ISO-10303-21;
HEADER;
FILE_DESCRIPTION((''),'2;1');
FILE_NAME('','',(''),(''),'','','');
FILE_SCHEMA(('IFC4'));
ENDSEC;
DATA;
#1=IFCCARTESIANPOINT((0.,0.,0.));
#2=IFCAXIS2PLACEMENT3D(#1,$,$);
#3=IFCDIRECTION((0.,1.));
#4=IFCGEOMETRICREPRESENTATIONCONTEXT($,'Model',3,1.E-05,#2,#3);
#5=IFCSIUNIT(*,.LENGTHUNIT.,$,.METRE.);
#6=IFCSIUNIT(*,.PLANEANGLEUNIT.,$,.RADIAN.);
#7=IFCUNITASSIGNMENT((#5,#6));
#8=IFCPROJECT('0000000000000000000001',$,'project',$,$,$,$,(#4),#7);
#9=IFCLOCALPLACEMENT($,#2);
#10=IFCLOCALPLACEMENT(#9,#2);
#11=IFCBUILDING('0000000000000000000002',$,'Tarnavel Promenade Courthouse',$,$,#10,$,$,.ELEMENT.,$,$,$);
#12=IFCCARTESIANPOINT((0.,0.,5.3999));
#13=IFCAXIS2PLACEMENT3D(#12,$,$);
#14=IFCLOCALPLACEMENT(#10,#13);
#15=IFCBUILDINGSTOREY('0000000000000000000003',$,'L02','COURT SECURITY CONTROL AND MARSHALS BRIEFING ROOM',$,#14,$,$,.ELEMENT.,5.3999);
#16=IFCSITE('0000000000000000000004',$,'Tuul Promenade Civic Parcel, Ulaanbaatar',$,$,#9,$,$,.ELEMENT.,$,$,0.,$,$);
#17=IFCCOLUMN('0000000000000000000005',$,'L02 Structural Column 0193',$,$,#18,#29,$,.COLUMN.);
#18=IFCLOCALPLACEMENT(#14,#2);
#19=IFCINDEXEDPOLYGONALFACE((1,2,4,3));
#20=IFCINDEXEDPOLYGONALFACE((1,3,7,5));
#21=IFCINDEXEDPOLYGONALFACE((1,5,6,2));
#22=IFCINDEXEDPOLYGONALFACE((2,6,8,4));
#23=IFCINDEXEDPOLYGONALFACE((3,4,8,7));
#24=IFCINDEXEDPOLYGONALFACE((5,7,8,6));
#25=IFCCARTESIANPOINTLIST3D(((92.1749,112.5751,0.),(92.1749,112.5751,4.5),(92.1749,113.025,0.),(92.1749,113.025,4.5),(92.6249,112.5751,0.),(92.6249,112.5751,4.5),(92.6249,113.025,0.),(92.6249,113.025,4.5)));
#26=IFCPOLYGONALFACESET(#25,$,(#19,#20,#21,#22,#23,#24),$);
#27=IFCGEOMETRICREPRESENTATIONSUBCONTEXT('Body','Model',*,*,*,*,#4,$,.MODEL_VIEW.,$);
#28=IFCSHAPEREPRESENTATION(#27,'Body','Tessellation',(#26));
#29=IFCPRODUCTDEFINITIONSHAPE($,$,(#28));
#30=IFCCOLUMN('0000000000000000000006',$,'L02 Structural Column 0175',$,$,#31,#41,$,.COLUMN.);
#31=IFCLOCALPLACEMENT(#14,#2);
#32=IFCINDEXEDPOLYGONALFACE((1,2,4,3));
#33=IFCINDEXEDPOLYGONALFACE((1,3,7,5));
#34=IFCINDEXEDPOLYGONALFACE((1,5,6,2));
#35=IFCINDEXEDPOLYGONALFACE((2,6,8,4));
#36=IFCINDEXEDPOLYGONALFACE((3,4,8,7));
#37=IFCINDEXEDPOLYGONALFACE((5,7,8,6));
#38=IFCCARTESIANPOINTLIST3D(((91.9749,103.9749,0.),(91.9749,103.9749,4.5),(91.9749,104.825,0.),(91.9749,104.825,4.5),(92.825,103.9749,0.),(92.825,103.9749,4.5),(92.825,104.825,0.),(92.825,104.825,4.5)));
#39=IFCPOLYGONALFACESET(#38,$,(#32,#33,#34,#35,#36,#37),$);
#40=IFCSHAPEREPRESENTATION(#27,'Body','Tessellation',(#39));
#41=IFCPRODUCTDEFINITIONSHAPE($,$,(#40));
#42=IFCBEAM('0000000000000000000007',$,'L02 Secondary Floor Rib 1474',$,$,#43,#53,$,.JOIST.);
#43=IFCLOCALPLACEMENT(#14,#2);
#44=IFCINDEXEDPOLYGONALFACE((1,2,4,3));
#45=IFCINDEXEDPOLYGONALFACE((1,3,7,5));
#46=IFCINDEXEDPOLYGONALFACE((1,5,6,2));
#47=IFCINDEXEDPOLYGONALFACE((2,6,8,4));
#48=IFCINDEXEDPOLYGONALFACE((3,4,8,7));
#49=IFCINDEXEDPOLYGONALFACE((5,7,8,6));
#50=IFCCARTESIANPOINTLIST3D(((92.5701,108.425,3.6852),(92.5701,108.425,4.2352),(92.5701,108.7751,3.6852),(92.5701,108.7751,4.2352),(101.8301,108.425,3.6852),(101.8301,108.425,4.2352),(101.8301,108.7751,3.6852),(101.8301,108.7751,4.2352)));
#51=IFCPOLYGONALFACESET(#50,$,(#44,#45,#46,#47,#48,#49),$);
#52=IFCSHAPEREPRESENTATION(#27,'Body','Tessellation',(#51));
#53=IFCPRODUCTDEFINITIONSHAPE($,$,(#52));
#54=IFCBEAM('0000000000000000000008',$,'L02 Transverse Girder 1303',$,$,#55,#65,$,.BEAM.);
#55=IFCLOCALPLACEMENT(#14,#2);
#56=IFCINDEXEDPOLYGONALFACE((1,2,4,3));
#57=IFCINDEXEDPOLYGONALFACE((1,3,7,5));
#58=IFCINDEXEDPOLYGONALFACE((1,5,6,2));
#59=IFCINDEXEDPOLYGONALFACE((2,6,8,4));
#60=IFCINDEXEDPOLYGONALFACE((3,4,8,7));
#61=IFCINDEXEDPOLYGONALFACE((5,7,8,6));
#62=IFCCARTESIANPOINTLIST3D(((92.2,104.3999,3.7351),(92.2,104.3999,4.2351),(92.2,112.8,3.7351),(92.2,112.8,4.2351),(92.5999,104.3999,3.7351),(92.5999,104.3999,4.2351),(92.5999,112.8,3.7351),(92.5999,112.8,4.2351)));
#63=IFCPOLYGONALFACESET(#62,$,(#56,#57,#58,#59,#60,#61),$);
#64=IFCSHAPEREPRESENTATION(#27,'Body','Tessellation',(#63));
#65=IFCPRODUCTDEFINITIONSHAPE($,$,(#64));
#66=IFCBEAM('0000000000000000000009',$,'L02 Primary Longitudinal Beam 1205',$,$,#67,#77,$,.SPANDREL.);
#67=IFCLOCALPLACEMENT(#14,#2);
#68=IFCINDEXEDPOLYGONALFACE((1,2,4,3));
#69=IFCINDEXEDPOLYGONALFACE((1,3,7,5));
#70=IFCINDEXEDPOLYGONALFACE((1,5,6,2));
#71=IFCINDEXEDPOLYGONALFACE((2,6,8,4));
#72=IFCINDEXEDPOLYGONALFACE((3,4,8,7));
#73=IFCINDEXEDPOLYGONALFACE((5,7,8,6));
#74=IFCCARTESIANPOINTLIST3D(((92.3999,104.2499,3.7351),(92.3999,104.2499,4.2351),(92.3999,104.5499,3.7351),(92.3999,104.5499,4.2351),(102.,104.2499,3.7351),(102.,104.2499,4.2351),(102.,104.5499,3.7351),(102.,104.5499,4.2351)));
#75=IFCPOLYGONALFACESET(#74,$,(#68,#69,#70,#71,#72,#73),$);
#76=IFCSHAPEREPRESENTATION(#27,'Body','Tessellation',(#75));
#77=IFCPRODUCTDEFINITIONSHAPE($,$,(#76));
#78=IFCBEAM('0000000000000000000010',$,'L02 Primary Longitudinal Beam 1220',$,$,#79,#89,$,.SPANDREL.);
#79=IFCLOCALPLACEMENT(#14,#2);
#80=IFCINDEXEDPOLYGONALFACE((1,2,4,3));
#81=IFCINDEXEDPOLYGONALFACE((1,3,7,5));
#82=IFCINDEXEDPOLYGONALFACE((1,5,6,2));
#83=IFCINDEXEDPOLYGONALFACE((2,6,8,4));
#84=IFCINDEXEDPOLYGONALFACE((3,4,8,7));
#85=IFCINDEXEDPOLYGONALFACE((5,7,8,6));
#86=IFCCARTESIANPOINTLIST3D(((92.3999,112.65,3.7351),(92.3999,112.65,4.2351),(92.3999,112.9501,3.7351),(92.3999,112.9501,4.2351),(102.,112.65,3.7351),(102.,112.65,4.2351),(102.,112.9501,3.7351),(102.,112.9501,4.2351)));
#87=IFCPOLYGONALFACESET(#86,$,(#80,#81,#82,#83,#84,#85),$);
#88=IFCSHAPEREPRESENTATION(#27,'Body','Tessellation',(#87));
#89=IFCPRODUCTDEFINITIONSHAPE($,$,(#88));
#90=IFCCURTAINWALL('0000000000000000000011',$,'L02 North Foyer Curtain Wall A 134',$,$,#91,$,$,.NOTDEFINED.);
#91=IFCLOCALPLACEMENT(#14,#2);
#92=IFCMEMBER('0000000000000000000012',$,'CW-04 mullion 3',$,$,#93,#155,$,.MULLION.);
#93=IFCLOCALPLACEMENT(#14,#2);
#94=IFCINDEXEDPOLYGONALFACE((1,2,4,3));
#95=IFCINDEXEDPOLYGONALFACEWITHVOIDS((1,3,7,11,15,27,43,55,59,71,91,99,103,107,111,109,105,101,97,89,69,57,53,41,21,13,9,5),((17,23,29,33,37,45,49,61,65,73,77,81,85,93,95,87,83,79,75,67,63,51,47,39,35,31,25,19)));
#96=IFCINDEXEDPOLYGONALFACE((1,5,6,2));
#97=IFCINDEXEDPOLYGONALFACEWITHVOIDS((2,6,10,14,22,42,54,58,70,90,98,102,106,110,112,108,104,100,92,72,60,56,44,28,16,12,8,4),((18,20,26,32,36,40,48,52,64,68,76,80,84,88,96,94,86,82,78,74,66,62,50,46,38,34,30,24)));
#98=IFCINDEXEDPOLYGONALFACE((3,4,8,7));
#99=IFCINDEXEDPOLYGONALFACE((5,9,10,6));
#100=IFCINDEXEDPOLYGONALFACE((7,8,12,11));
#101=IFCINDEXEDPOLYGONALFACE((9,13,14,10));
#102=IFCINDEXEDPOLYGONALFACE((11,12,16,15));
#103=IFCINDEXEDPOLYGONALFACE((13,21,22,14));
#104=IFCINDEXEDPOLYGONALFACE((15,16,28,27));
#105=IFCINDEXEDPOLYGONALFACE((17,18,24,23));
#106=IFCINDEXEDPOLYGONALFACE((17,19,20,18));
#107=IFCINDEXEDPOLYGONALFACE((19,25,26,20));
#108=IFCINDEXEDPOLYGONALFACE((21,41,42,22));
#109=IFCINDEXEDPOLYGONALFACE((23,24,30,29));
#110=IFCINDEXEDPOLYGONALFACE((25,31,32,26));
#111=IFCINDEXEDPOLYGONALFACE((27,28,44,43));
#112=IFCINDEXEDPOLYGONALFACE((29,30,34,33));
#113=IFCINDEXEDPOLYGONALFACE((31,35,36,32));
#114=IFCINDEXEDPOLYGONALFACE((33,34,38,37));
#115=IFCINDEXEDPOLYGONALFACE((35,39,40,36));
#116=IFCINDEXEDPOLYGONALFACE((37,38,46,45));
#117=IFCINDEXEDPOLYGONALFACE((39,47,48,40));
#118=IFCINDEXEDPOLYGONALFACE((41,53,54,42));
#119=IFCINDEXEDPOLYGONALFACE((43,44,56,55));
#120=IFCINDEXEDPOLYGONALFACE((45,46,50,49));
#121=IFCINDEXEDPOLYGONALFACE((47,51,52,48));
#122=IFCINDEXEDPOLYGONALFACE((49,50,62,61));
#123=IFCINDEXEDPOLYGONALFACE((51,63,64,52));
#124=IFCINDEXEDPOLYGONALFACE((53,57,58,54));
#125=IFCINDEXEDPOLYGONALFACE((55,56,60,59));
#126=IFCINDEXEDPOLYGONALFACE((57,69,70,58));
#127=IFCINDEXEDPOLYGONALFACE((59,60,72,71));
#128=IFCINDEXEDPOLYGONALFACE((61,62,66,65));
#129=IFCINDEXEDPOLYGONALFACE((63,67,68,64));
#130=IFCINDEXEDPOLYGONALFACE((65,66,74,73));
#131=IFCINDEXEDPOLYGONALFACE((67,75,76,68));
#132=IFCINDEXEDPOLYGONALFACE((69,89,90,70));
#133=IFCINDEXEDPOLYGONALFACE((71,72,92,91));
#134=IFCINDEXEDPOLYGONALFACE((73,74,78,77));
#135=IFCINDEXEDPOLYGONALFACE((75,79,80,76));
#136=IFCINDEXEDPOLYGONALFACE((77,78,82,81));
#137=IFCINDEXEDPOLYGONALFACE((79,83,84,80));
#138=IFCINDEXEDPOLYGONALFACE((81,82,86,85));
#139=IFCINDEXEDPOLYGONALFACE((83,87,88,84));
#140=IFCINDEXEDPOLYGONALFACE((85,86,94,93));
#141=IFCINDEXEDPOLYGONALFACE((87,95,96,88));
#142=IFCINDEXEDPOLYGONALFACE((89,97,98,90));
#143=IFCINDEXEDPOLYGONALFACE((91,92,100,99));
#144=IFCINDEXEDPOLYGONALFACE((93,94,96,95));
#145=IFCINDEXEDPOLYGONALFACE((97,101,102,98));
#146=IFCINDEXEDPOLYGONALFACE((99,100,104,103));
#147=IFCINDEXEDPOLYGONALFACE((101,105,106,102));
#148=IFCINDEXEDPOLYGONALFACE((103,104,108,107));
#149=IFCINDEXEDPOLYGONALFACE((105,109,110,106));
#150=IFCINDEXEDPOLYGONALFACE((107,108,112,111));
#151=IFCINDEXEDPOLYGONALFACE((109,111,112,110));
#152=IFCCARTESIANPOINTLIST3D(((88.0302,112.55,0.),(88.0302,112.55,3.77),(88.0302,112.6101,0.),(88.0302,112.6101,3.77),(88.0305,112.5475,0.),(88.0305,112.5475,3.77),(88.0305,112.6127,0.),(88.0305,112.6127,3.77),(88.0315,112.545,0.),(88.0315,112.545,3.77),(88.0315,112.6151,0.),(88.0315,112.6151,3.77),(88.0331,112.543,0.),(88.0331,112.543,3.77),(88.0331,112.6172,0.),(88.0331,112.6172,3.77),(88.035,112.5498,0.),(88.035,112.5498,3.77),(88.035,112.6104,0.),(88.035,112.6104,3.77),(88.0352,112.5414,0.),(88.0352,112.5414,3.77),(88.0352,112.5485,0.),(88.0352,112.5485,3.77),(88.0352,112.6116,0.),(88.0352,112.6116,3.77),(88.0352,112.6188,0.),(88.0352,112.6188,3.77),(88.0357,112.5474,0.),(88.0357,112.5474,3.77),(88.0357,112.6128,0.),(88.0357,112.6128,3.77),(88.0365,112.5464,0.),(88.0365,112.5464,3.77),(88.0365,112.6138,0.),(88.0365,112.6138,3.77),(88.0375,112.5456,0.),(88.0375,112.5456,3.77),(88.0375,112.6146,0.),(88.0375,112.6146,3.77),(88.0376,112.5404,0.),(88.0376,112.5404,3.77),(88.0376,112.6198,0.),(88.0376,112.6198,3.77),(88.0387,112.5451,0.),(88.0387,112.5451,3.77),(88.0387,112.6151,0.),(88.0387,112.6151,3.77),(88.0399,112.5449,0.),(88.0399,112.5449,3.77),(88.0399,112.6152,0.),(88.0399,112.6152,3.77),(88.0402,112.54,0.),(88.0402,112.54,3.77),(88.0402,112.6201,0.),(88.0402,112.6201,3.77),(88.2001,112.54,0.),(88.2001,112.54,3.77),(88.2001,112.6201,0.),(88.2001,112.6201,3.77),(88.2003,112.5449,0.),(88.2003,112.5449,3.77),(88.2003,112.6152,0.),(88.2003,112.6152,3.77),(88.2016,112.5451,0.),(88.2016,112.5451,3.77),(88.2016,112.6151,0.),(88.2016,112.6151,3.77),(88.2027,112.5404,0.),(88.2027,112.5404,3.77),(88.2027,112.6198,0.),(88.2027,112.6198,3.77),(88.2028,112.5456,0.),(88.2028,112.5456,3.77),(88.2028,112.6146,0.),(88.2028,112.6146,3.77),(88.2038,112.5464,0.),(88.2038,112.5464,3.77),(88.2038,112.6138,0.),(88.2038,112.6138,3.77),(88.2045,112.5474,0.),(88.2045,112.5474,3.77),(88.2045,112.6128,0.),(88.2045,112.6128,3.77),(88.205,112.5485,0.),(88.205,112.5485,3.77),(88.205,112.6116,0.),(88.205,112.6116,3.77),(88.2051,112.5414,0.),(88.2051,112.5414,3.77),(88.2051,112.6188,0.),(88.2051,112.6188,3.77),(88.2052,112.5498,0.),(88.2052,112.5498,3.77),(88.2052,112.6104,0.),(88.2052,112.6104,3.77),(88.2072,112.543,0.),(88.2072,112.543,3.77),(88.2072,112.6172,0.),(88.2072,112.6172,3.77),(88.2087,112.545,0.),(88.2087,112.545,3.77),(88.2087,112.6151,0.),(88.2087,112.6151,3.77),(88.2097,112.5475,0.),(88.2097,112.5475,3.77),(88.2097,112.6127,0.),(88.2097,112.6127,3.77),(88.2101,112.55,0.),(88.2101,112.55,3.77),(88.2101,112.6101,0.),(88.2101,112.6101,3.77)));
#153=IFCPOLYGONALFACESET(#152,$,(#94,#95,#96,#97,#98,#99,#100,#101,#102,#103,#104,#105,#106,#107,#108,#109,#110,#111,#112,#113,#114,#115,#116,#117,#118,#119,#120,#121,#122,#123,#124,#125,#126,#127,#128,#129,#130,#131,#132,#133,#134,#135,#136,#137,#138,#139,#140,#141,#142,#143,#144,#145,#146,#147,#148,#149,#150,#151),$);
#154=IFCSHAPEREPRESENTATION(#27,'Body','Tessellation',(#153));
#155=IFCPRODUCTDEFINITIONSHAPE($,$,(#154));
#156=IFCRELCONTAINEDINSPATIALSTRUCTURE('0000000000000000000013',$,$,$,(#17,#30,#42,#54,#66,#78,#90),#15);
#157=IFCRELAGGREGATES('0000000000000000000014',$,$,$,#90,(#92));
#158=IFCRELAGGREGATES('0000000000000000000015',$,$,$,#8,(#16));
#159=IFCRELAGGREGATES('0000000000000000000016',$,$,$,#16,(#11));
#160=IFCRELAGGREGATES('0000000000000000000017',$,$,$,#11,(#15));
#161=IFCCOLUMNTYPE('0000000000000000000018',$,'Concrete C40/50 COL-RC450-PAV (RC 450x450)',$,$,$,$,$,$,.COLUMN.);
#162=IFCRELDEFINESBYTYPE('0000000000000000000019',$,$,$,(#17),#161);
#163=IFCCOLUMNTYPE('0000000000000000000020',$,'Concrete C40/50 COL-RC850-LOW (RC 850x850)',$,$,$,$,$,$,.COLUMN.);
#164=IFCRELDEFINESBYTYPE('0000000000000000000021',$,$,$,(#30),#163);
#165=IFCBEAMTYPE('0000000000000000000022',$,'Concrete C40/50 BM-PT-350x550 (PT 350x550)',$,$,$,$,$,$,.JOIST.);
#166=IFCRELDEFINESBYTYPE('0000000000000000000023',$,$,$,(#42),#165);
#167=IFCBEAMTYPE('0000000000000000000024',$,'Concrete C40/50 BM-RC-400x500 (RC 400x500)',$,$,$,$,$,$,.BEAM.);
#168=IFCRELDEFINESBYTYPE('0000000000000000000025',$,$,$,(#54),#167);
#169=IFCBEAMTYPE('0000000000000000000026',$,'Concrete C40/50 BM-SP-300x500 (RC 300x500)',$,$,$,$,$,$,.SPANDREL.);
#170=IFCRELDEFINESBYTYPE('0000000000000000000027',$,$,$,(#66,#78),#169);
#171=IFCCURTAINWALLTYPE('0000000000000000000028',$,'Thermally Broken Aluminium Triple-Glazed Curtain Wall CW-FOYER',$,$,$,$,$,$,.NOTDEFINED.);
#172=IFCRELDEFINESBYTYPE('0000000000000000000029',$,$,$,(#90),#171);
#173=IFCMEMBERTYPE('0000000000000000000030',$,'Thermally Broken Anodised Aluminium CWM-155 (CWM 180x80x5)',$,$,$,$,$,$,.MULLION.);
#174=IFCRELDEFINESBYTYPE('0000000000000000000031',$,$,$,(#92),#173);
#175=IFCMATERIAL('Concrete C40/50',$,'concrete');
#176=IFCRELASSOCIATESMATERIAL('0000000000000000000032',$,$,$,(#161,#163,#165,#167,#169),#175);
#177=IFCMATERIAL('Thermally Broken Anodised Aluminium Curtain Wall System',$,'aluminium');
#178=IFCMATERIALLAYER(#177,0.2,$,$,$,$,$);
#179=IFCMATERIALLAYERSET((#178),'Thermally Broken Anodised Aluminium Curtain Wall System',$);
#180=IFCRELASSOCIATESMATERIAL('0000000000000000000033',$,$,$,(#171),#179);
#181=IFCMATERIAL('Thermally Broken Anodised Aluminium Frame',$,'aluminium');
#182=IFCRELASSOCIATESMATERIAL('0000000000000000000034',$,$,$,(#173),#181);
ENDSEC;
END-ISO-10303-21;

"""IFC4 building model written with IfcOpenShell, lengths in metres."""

from ifc_helpers import new_model, si_unit, direction, frame, origin, origin_2d, place, context, subcontext, project, spatial, rectangle, hollow_rectangle, extrude, material, layer, layer_set, material_profile, profile_set, type_object, element, aggregate, save


model = new_model("IFC4")

# Units and contexts
model_context = context("Model", 3, precision=1e-05, world=origin(), true_north=direction((0.0, 1.0)))
body_context = subcontext(model_context, "Body", "Model", "MODEL_VIEW")
ifc_project = project(units=[si_unit("LENGTHUNIT", "METRE"), si_unit("PLANEANGLEUNIT", "RADIAN")], contexts=[model_context])

# Site, building, storey
site_placement = place(None, origin())
site = spatial("IfcSite", under=ifc_project, at=site_placement, Name="Tuul Promenade Civic Parcel, Ulaanbaatar", CompositionType="ELEMENT", RefElevation=0.0)
building_placement = place(site_placement, origin())
building = spatial("IfcBuilding", under=site, at=building_placement, Name="Tarnavel Promenade Courthouse", CompositionType="ELEMENT")
storey_placement = place(building_placement, frame((0.0, 0.0, 5.3999)))
storey = spatial("IfcBuildingStorey", under=building, at=storey_placement, Name="L02", Description="COURT SECURITY CONTROL AND MARSHALS BRIEFING ROOM", CompositionType="ELEMENT", Elevation=5.3999)

# Columns
ifc_material_1 = material(Name="Concrete C40/50", Category="concrete")
ifc_material_profile_1 = material_profile(ifc_material_1, rectangle(XDim=0.45, YDim=0.45, at=origin_2d()), Name="RC 450x450")
ifc_profile_set_1 = profile_set([ifc_material_profile_1], Name="Concrete C40/50")
column_type_1 = type_object("IfcColumnType", Name="Concrete C40/50 COL-RC450-PAV (RC 450x450)", PredefinedType="COLUMN", material=ifc_profile_set_1)
column_1_placement = place(storey_placement, frame((92.3999, 112.8, 0.0), z_axis=(0.0, 0.0, 1.0), x_axis=(1.0, 0.0, 0.0)))
element("IfcColumn", 1, at=column_1_placement, inside=storey, type_object=column_type_1, Name="L02 Structural Column 0193", PredefinedType="COLUMN", context=body_context, shape_type="SweptSolid", body=[
    extrude(rectangle(XDim=0.45, YDim=0.45, at=origin_2d()), origin(), (0.0, 0.0, 1.0), 4.5),
])
ifc_material_profile_2 = material_profile(ifc_material_1, rectangle(XDim=0.8501, YDim=0.8501, at=origin_2d()), Name="RC 850x850")
ifc_profile_set_2 = profile_set([ifc_material_profile_2], Name="Concrete C40/50")
column_type_2 = type_object("IfcColumnType", Name="Concrete C40/50 COL-RC850-LOW (RC 850x850)", PredefinedType="COLUMN", material=ifc_profile_set_2)
column_2_placement = place(storey_placement, frame((92.3999, 104.3999, 0.0), z_axis=(0.0, 0.0, 1.0), x_axis=(1.0, 0.0, 0.0)))
element("IfcColumn", 2, at=column_2_placement, inside=storey, type_object=column_type_2, Name="L02 Structural Column 0175", PredefinedType="COLUMN", context=body_context, shape_type="SweptSolid", body=[
    extrude(rectangle(XDim=0.8501, YDim=0.8501, at=origin_2d()), origin(), (0.0, 0.0, 1.0), 4.5),
])

# Beams
ifc_material_profile_3 = material_profile(ifc_material_1, rectangle(XDim=0.3501, YDim=0.55, at=origin_2d()), Name="PT 350x550")
ifc_profile_set_3 = profile_set([ifc_material_profile_3], Name="Concrete C40/50")
beam_type_1 = type_object("IfcBeamType", Name="Concrete C40/50 BM-PT-350x550 (PT 350x550)", PredefinedType="JOIST", material=ifc_profile_set_3)
beam_1_placement = place(storey_placement, frame((92.5701, 108.6001, 3.9602), z_axis=(1.0, 0.0, 0.0), x_axis=(0.0, 1.0, 0.0)))
element("IfcBeam", 3, at=beam_1_placement, inside=storey, type_object=beam_type_1, Name="L02 Secondary Floor Rib 1474", PredefinedType="JOIST", context=body_context, shape_type="SweptSolid", body=[
    extrude(rectangle(XDim=0.3501, YDim=0.55, at=origin_2d()), origin(), (0.0, 0.0, 1.0), 9.26),
])
ifc_material_profile_4 = material_profile(ifc_material_1, rectangle(XDim=0.3999, YDim=0.5, at=origin_2d()), Name="RC 400x500")
ifc_profile_set_4 = profile_set([ifc_material_profile_4], Name="Concrete C40/50")
beam_type_2 = type_object("IfcBeamType", Name="Concrete C40/50 BM-RC-400x500 (RC 400x500)", PredefinedType="BEAM", material=ifc_profile_set_4)
beam_2_placement = place(storey_placement, frame((92.3999, 104.3999, 3.9851), z_axis=(0.0, 1.0, 0.0), x_axis=(-1.0, 0.0, 0.0)))
element("IfcBeam", 4, at=beam_2_placement, inside=storey, type_object=beam_type_2, Name="L02 Transverse Girder 1303", PredefinedType="BEAM", context=body_context, shape_type="SweptSolid", body=[
    extrude(rectangle(XDim=0.3999, YDim=0.5, at=origin_2d()), origin(), (0.0, 0.0, 1.0), 8.4001),
])
ifc_material_profile_5 = material_profile(ifc_material_1, rectangle(XDim=0.3, YDim=0.5, at=origin_2d()), Name="RC 300x500")
ifc_profile_set_5 = profile_set([ifc_material_profile_5], Name="Concrete C40/50")
beam_type_3 = type_object("IfcBeamType", Name="Concrete C40/50 BM-SP-300x500 (RC 300x500)", PredefinedType="SPANDREL", material=ifc_profile_set_5)
for number, where, z_axis, x_axis, name in (
    (5, (92.3999, 104.3999, 3.9851), (1.0, 0.0, 0.0), (0.0, 1.0, 0.0), "L02 Primary Longitudinal Beam 1205"),
    (6, (92.3999, 112.8, 3.9851), (1.0, 0.0, 0.0), (0.0, 1.0, 0.0), "L02 Primary Longitudinal Beam 1220"),
):
    element("IfcBeam", number, at=place(storey_placement, frame(where, z_axis=z_axis, x_axis=x_axis)), inside=storey, type_object=beam_type_3, Name=name, PredefinedType="SPANDREL", context=body_context, shape_type="SweptSolid", body=[
        extrude(rectangle(XDim=0.3, YDim=0.5, at=origin_2d()), origin(), (0.0, 0.0, 1.0), 9.6001),
    ])

# Curtain wall, member
ifc_material_2 = material(Name="Thermally Broken Anodised Aluminium Curtain Wall System", Category="aluminium")
ifc_layer_1 = layer(ifc_material_2, 0.2)
ifc_layer_set_1 = layer_set([ifc_layer_1], Name="Thermally Broken Anodised Aluminium Curtain Wall System")
curtain_wall_type = type_object("IfcCurtainWallType", Name="Thermally Broken Aluminium Triple-Glazed Curtain Wall CW-FOYER", PredefinedType="NOTDEFINED", material=ifc_layer_set_1)
curtain_wall_1_placement = place(storey_placement, origin())
curtain_wall_1 = element("IfcCurtainWall", 7, at=curtain_wall_1_placement, inside=storey, type_object=curtain_wall_type, Name="L02 North Foyer Curtain Wall A 134", PredefinedType="NOTDEFINED")
ifc_material_3 = material(Name="Thermally Broken Anodised Aluminium Frame", Category="aluminium")
ifc_material_profile_6 = material_profile(ifc_material_3, hollow_rectangle(XDim=0.0801, YDim=0.1799, WallThickness=0.0049, InnerFilletRadius=0.0049, OuterFilletRadius=0.01, at=origin_2d()), Name="CWM 180x80x5")
ifc_profile_set_6 = profile_set([ifc_material_profile_6], Name="Thermally Broken Anodised Aluminium Frame")
member_type_1 = type_object("IfcMemberType", Name="Thermally Broken Anodised Aluminium CWM-155 (CWM 180x80x5)", PredefinedType="MULLION", material=ifc_profile_set_6)
member_1_placement = place(storey_placement, frame((88.1201, 112.5801, 0.0), z_axis=(0.0, 0.0, 1.0), x_axis=(0.0, 1.0, 0.0)))
member_1 = element("IfcMember", 8, at=member_1_placement, type_object=member_type_1, Name="CW-04 mullion 3", PredefinedType="MULLION", context=body_context, shape_type="SweptSolid", body=[
    extrude(hollow_rectangle(XDim=0.0801, YDim=0.1799, WallThickness=0.0049, InnerFilletRadius=0.0049, OuterFilletRadius=0.01, at=origin_2d()), origin(), (0.0, 0.0, 1.0), 3.77),
])

aggregate(curtain_wall_1, [member_1])

save(model, "model.ifc")
